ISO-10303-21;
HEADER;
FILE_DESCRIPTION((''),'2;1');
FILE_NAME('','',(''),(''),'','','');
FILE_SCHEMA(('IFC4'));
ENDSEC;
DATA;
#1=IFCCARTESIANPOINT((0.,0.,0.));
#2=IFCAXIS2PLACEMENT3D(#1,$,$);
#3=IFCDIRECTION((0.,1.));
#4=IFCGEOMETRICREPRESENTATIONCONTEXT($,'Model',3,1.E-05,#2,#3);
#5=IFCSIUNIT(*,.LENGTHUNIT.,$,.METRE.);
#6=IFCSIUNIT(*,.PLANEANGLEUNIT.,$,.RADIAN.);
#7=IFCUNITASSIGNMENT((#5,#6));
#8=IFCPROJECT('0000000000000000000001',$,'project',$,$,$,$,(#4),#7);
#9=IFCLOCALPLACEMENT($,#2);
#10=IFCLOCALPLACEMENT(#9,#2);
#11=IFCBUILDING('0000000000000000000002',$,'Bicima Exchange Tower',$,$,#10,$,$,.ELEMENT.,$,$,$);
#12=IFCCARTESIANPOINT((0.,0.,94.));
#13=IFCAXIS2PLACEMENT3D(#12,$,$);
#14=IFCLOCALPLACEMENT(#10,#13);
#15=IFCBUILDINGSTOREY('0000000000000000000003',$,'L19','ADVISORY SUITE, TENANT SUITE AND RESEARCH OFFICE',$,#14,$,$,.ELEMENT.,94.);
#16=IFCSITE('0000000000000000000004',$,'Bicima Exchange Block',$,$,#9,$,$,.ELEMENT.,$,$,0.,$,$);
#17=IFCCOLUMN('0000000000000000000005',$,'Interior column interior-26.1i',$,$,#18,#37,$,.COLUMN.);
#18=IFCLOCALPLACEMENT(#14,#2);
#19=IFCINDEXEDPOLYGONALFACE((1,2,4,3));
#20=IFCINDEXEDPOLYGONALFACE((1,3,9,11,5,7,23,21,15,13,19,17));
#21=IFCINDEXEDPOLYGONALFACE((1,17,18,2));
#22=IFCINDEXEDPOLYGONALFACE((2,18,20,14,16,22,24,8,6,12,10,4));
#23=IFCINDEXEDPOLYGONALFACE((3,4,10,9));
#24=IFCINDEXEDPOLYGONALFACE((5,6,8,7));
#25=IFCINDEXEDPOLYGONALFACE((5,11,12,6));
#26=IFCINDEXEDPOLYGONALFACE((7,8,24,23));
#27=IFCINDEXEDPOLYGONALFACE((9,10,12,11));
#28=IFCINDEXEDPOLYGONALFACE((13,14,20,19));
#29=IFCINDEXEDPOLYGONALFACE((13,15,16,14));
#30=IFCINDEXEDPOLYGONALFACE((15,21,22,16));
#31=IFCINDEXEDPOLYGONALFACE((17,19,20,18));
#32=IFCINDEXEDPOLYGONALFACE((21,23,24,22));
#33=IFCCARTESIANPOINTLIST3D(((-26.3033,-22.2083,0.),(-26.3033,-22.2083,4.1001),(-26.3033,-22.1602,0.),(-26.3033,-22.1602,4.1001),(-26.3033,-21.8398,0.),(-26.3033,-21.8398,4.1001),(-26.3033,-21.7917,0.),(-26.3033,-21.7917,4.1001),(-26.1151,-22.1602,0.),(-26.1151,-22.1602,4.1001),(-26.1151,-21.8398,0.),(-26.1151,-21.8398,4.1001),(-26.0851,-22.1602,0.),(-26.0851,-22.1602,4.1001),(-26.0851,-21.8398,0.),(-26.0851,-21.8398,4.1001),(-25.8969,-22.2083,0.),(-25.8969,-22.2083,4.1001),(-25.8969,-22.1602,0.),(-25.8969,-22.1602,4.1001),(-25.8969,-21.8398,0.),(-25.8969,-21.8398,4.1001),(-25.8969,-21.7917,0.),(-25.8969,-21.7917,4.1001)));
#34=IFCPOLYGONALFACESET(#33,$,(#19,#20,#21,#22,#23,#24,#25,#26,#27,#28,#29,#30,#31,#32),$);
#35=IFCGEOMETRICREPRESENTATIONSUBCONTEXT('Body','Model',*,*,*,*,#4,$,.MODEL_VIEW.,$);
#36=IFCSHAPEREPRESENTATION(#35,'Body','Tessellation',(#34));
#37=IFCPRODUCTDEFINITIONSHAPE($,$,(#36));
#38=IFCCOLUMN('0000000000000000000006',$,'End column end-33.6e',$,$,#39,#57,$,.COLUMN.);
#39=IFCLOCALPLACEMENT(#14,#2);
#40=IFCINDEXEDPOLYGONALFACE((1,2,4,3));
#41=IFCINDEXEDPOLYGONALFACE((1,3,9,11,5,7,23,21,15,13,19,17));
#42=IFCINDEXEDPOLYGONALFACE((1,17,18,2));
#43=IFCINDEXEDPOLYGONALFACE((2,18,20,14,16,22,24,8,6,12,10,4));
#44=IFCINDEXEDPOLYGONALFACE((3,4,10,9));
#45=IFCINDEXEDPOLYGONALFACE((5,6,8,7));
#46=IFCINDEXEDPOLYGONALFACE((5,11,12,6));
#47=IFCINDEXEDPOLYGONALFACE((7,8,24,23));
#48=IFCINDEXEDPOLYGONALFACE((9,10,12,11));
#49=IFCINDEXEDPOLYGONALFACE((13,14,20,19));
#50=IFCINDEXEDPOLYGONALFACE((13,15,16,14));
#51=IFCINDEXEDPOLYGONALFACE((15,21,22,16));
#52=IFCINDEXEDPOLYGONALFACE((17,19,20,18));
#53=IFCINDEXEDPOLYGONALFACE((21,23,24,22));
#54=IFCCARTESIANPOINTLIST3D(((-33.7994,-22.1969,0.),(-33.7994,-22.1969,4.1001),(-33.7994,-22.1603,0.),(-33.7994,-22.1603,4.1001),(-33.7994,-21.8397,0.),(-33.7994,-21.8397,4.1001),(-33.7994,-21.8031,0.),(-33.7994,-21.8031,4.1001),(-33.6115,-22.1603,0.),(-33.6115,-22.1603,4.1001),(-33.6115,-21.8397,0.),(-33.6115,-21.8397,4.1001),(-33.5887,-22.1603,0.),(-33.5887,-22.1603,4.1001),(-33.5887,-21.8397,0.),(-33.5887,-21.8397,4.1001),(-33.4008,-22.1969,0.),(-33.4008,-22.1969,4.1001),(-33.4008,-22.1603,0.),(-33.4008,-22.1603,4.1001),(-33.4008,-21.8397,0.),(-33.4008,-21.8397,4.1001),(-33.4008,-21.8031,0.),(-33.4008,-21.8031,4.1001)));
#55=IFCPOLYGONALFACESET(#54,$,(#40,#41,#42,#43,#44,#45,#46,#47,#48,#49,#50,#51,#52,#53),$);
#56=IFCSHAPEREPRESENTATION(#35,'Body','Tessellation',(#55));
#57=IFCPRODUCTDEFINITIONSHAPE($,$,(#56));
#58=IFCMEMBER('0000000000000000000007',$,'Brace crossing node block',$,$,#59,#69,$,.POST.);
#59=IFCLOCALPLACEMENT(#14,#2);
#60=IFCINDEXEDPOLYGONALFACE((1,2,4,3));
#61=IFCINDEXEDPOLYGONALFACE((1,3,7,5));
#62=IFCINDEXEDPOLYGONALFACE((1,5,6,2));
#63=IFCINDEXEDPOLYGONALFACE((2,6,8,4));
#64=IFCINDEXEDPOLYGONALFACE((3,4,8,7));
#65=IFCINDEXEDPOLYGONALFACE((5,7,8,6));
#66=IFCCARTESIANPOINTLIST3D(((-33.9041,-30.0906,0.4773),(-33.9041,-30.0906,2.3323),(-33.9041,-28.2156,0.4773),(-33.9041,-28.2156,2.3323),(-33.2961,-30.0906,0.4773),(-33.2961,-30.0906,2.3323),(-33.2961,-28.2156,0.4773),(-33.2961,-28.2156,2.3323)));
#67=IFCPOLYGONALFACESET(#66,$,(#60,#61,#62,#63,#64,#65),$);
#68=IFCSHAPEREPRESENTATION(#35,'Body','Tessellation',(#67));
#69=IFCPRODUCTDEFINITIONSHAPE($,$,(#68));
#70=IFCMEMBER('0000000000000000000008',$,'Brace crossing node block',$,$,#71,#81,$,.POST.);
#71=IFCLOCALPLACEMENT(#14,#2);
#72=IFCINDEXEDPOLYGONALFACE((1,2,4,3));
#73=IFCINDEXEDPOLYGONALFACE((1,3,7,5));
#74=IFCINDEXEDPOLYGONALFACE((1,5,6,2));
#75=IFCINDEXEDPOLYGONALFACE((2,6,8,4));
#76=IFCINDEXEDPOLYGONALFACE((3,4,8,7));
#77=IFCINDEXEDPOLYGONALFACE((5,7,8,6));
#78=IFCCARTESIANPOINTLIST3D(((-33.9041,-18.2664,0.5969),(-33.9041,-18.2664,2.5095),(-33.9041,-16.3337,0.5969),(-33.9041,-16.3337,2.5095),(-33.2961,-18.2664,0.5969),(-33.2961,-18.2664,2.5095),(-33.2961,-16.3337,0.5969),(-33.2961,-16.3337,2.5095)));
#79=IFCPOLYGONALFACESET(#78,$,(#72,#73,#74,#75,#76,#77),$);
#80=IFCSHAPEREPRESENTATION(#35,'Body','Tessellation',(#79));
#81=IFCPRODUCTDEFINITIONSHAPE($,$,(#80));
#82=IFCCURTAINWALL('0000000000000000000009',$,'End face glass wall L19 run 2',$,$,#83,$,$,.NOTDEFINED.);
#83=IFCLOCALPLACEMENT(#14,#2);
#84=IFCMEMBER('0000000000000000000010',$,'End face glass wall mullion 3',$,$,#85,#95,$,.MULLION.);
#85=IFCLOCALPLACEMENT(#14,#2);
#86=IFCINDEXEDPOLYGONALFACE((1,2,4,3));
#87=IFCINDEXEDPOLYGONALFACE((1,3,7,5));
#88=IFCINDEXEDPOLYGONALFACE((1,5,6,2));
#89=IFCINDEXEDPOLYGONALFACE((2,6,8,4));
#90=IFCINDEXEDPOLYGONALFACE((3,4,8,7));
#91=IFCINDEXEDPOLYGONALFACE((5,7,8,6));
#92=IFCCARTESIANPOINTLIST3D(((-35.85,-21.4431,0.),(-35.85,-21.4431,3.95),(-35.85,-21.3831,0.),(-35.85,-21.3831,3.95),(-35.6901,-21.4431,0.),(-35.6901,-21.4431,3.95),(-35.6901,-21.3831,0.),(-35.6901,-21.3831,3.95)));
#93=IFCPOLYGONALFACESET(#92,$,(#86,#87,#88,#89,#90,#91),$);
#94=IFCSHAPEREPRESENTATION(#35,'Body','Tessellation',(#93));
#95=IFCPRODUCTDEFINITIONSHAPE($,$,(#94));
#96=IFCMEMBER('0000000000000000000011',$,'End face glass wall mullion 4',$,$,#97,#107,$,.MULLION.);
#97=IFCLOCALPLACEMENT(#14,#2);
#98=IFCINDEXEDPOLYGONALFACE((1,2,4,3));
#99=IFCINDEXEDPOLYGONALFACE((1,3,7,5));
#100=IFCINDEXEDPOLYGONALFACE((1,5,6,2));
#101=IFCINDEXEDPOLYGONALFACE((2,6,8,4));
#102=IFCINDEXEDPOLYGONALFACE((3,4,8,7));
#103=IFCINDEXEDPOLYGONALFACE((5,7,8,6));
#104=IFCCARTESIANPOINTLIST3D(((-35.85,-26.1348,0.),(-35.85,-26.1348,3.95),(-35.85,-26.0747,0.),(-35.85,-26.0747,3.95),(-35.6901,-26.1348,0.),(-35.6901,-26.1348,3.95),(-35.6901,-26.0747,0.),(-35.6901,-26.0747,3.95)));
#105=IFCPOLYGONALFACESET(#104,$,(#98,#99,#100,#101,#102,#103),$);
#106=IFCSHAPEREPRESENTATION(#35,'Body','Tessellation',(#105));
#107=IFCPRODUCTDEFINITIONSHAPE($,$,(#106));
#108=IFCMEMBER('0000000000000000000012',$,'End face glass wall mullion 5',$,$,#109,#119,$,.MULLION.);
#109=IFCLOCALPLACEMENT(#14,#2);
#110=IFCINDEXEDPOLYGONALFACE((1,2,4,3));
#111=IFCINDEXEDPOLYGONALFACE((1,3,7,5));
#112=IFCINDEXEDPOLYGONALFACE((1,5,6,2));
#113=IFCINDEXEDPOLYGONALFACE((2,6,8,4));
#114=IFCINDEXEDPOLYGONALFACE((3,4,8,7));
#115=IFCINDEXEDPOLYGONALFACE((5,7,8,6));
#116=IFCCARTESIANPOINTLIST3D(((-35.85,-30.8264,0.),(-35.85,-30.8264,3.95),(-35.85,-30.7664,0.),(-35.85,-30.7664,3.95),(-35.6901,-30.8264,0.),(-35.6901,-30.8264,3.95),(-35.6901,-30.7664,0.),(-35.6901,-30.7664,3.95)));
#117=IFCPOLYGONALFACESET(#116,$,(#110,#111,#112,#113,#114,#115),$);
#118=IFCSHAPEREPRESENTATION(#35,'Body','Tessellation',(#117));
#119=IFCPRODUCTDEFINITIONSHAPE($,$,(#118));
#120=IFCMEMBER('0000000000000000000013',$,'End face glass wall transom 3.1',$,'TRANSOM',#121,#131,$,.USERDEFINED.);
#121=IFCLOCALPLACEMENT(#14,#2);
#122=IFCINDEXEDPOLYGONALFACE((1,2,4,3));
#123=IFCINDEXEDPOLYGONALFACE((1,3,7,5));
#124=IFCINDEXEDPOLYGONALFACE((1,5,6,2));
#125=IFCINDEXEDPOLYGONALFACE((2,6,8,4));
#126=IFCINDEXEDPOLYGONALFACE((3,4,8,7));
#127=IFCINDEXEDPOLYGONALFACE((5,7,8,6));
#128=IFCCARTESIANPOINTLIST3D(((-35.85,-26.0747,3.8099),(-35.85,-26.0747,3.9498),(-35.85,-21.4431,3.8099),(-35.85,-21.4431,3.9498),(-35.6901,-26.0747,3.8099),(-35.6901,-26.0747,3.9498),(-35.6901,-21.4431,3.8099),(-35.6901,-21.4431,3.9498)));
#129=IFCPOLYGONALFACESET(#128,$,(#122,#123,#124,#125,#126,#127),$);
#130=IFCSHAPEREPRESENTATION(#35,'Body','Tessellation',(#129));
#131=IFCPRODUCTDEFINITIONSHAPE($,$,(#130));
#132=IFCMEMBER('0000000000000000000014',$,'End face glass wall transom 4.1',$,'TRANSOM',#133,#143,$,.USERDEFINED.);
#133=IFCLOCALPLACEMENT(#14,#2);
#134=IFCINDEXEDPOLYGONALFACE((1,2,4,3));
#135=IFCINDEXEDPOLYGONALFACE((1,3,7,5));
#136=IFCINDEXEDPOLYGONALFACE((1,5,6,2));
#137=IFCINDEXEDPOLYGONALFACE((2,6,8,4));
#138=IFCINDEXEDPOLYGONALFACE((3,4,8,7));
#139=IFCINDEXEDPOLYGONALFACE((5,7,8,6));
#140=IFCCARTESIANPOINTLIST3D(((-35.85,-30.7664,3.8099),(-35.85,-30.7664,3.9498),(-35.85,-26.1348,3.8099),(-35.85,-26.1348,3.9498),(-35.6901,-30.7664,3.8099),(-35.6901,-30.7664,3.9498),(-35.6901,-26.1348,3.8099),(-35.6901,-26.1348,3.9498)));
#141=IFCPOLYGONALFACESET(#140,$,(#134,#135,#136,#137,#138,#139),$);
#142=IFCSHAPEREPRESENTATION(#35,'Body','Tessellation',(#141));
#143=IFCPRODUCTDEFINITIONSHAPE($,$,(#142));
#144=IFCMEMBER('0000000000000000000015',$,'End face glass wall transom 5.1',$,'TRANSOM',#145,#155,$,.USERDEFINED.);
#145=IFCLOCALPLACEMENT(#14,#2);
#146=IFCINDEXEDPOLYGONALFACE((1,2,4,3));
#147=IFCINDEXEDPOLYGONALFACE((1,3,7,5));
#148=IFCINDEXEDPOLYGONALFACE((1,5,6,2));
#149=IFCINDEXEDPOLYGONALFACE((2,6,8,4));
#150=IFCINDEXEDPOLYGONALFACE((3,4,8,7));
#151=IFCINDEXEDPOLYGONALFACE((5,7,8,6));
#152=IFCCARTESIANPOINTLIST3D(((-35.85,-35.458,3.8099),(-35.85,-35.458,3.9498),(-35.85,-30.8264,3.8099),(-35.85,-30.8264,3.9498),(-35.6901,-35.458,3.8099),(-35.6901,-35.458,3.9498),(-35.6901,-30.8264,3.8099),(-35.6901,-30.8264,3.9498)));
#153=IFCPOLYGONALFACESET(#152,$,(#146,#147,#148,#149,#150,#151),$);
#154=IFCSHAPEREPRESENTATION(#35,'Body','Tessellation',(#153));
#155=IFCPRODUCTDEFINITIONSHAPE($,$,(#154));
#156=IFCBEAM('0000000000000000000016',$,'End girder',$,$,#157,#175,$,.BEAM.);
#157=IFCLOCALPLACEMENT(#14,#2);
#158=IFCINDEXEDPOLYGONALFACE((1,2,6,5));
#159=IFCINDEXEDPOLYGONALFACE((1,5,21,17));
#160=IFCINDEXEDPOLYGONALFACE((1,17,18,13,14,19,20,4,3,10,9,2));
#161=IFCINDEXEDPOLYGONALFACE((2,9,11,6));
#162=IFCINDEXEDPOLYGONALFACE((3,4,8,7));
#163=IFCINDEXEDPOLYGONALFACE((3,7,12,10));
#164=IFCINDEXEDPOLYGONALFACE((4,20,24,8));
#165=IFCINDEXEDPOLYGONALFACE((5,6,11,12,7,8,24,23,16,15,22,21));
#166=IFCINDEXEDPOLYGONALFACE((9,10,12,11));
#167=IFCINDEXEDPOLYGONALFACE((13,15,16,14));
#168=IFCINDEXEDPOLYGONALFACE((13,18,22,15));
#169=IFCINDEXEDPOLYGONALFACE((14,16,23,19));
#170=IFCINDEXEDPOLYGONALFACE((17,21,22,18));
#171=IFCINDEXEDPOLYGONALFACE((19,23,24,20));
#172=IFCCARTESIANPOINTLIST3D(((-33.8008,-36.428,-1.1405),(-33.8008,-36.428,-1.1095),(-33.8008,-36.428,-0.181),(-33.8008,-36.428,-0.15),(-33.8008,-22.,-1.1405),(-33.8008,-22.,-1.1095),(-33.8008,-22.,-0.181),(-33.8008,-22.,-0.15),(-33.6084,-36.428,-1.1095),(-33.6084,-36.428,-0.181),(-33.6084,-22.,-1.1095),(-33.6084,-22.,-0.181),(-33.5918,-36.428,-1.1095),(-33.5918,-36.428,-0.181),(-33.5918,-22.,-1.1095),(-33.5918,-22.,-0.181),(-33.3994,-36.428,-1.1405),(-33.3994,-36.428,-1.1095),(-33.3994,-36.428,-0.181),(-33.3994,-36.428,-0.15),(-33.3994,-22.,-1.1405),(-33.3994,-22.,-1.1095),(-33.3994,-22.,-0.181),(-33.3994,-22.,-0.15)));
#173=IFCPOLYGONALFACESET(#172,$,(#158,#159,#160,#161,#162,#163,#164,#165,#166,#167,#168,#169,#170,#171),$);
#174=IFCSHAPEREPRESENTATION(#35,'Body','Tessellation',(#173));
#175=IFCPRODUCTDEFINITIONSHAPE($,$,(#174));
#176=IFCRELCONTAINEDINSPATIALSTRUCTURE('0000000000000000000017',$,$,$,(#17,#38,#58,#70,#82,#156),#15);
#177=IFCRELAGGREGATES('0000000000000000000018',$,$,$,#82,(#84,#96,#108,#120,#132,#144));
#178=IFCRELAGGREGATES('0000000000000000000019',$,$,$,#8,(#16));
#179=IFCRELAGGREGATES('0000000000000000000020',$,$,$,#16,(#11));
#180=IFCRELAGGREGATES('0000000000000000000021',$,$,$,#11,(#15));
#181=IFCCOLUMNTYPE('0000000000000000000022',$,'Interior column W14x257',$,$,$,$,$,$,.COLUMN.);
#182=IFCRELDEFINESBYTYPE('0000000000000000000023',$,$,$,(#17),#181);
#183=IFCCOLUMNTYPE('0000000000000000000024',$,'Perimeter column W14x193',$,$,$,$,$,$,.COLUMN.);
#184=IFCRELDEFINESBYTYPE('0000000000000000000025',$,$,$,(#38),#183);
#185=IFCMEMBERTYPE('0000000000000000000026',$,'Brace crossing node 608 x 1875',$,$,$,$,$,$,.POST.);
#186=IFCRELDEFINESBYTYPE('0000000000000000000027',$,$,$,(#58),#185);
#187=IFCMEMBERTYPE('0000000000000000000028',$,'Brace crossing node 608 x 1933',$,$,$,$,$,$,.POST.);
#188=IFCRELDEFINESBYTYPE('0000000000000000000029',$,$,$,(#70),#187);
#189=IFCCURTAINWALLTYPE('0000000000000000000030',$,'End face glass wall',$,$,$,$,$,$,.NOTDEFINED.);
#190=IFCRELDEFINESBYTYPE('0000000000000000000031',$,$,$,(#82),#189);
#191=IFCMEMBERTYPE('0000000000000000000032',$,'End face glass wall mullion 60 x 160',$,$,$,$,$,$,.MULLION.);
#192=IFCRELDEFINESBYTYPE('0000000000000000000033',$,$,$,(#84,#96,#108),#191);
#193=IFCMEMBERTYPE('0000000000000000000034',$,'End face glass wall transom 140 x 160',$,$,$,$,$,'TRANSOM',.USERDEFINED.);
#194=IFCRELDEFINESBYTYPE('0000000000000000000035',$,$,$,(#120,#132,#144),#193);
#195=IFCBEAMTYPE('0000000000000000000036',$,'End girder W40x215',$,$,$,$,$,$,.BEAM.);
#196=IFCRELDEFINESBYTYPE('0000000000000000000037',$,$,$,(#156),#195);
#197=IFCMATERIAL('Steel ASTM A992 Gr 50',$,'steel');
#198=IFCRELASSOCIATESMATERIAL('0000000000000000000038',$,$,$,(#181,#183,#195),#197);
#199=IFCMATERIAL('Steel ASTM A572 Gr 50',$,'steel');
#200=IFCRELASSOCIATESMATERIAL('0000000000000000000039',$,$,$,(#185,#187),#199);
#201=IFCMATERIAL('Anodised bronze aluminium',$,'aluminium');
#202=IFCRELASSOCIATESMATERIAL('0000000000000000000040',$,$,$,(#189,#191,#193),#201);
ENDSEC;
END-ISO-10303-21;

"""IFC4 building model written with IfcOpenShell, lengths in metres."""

from ifc_helpers import new_model, si_unit, direction, frame, origin, origin_2d, place, context, subcontext, project, spatial, rectangle, i_section, extrude, material, material_profile, profile_set, type_object, element, aggregate, save


model = new_model("IFC4")

# Units and contexts
model_context = context("Model", 3, precision=1e-05, world=origin(), true_north=direction((0.0, 1.0)))
body_context = subcontext(model_context, "Body", "Model", "MODEL_VIEW")
ifc_project = project(units=[si_unit("LENGTHUNIT", "METRE"), si_unit("PLANEANGLEUNIT", "RADIAN")], contexts=[model_context])

# Site, building, storey
site_placement = place(None, origin())
site = spatial("IfcSite", under=ifc_project, at=site_placement, Name="Bicima Exchange Block", CompositionType="ELEMENT", RefElevation=0.0)
building_placement = place(site_placement, origin())
building = spatial("IfcBuilding", under=site, at=building_placement, Name="Bicima Exchange Tower", CompositionType="ELEMENT")
storey_placement = place(building_placement, frame((0.0, 0.0, 94.0)))
storey = spatial("IfcBuildingStorey", under=building, at=storey_placement, Name="L19", Description="ADVISORY SUITE, TENANT SUITE AND RESEARCH OFFICE", CompositionType="ELEMENT", Elevation=94.0)

# Columns
ifc_material_1 = material(Name="Steel ASTM A992 Gr 50", Category="steel")
ifc_material_profile_1 = material_profile(ifc_material_1, i_section(OverallWidth=0.4065, OverallDepth=0.4165, WebThickness=0.03, FlangeThickness=0.0481, at=origin_2d()))
ifc_profile_set_1 = profile_set([ifc_material_profile_1], Name="Steel ASTM A992 Gr 50")
column_type_1 = type_object("IfcColumnType", Name="Interior column W14x257", PredefinedType="COLUMN", material=ifc_profile_set_1)
column_1_placement = place(storey_placement, frame((-26.1001, -22.0, 0.0), z_axis=(0.0, 0.0, 1.0), x_axis=(1.0, 0.0, 0.0)))
element("IfcColumn", 1, at=column_1_placement, inside=storey, type_object=column_type_1, Name="Interior column interior-26.1i", PredefinedType="COLUMN", context=body_context, shape_type="SweptSolid", body=[
    extrude(i_section(OverallWidth=0.4065, OverallDepth=0.4165, WebThickness=0.03, FlangeThickness=0.0481, at=origin_2d()), origin(), (0.0, 0.0, 1.0), 4.1001),
])
ifc_material_profile_2 = material_profile(ifc_material_1, i_section(OverallWidth=0.3987, OverallDepth=0.3938, WebThickness=0.0227, FlangeThickness=0.0366, at=origin_2d()))
ifc_profile_set_2 = profile_set([ifc_material_profile_2], Name="Steel ASTM A992 Gr 50")
column_type_2 = type_object("IfcColumnType", Name="Perimeter column W14x193", PredefinedType="COLUMN", material=ifc_profile_set_2)
column_2_placement = place(storey_placement, frame((-33.6001, -22.0, 0.0), z_axis=(0.0, 0.0, 1.0), x_axis=(1.0, 0.0, 0.0)))
element("IfcColumn", 2, at=column_2_placement, inside=storey, type_object=column_type_2, Name="End column end-33.6e", PredefinedType="COLUMN", context=body_context, shape_type="SweptSolid", body=[
    extrude(i_section(OverallWidth=0.3987, OverallDepth=0.3938, WebThickness=0.0227, FlangeThickness=0.0366, at=origin_2d()), origin(), (0.0, 0.0, 1.0), 4.1001),
])

# Members
ifc_material_2 = material(Name="Steel ASTM A572 Gr 50", Category="steel")
ifc_material_profile_3 = material_profile(ifc_material_2, rectangle(XDim=0.6079, YDim=1.875, at=origin_2d()))
ifc_profile_set_3 = profile_set([ifc_material_profile_3], Name="Steel ASTM A572 Gr 50")
member_type_1 = type_object("IfcMemberType", Name="Brace crossing node 608 x 1875", PredefinedType="POST", material=ifc_profile_set_3)
member_1_placement = place(storey_placement, frame((-33.6001, -29.1531, 0.4773), z_axis=(0.0, 0.0, 1.0), x_axis=(1.0, 0.0, 0.0)))
element("IfcMember", 3, at=member_1_placement, inside=storey, type_object=member_type_1, Name="Brace crossing node block", PredefinedType="POST", context=body_context, shape_type="SweptSolid", body=[
    extrude(rectangle(XDim=0.6079, YDim=1.875, at=origin_2d()), origin(), (0.0, 0.0, 1.0), 1.855),
])
ifc_material_profile_4 = material_profile(ifc_material_2, rectangle(XDim=0.6079, YDim=1.9326, at=origin_2d()))
ifc_profile_set_4 = profile_set([ifc_material_profile_4], Name="Steel ASTM A572 Gr 50")
member_type_2 = type_object("IfcMemberType", Name="Brace crossing node 608 x 1933", PredefinedType="POST", material=ifc_profile_set_4)
member_2_placement = place(storey_placement, frame((-33.6001, -17.3, 0.5969), z_axis=(0.0, 0.0, 1.0), x_axis=(1.0, 0.0, 0.0)))
element("IfcMember", 4, at=member_2_placement, inside=storey, type_object=member_type_2, Name="Brace crossing node block", PredefinedType="POST", context=body_context, shape_type="SweptSolid", body=[
    extrude(rectangle(XDim=0.6079, YDim=1.9326, at=origin_2d()), origin(), (0.0, 0.0, 1.0), 1.9126),
])

# Curtain wall, members
ifc_material_3 = material(Name="Anodised bronze aluminium", Category="aluminium")
curtain_wall_type = type_object("IfcCurtainWallType", Name="End face glass wall", PredefinedType="NOTDEFINED", material=ifc_material_3)
curtain_wall_placement = place(storey_placement, origin())
curtain_wall = element("IfcCurtainWall", 5, at=curtain_wall_placement, inside=storey, type_object=curtain_wall_type, Name="End face glass wall L19 run 2", PredefinedType="NOTDEFINED")
ifc_material_profile_5 = material_profile(ifc_material_3, rectangle(XDim=0.1599, YDim=0.0601, at=origin_2d()))
ifc_profile_set_5 = profile_set([ifc_material_profile_5], Name="Anodised bronze aluminium")
member_type_3 = type_object("IfcMemberType", Name="End face glass wall mullion 60 x 160", PredefinedType="MULLION", material=ifc_profile_set_5)
member_3_placement = place(storey_placement, frame((-35.77, -21.4131, 0.0), z_axis=(0.0, 0.0, 1.0), x_axis=(1.0, 0.0, 0.0)))
member_3 = element("IfcMember", 6, at=member_3_placement, type_object=member_type_3, Name="End face glass wall mullion 3", PredefinedType="MULLION", context=body_context, shape_type="SweptSolid", body=[
    extrude(rectangle(XDim=0.1599, YDim=0.0601, at=origin_2d()), origin(), (0.0, 0.0, 1.0), 3.95),
])
member_4_placement = place(storey_placement, frame((-35.77, -26.1047, 0.0), z_axis=(0.0, 0.0, 1.0), x_axis=(1.0, 0.0, 0.0)))
member_4 = element("IfcMember", 7, at=member_4_placement, type_object=member_type_3, Name="End face glass wall mullion 4", PredefinedType="MULLION", context=body_context, shape_type="SweptSolid", body=[
    extrude(rectangle(XDim=0.1599, YDim=0.0601, at=origin_2d()), origin(), (0.0, 0.0, 1.0), 3.95),
])
member_5_placement = place(storey_placement, frame((-35.77, -30.7964, 0.0), z_axis=(0.0, 0.0, 1.0), x_axis=(1.0, 0.0, 0.0)))
member_5 = element("IfcMember", 8, at=member_5_placement, type_object=member_type_3, Name="End face glass wall mullion 5", PredefinedType="MULLION", context=body_context, shape_type="SweptSolid", body=[
    extrude(rectangle(XDim=0.1599, YDim=0.0601, at=origin_2d()), origin(), (0.0, 0.0, 1.0), 3.95),
])
ifc_material_profile_6 = material_profile(ifc_material_3, rectangle(XDim=0.1599, YDim=0.1399, at=origin_2d()))
ifc_profile_set_6 = profile_set([ifc_material_profile_6], Name="Anodised bronze aluminium")
member_type_4 = type_object("IfcMemberType", Name="End face glass wall transom 140 x 160", ElementType="TRANSOM", PredefinedType="USERDEFINED", material=ifc_profile_set_6)
member_6_placement = place(storey_placement, frame((-35.77, -21.4431, 3.8799), z_axis=(0.0, -1.0, 0.0), x_axis=(1.0, 0.0, 0.0)))
member_6 = element("IfcMember", 9, at=member_6_placement, type_object=member_type_4, Name="End face glass wall transom 3.1", ObjectType="TRANSOM", PredefinedType="USERDEFINED", context=body_context, shape_type="SweptSolid", body=[
    extrude(rectangle(XDim=0.1599, YDim=0.1399, at=origin_2d()), origin(), (0.0, 0.0, 1.0), 4.6316),
])
member_7_placement = place(storey_placement, frame((-35.77, -26.1348, 3.8799), z_axis=(0.0, -1.0, 0.0), x_axis=(1.0, 0.0, 0.0)))
member_7 = element("IfcMember", 10, at=member_7_placement, type_object=member_type_4, Name="End face glass wall transom 4.1", ObjectType="TRANSOM", PredefinedType="USERDEFINED", context=body_context, shape_type="SweptSolid", body=[
    extrude(rectangle(XDim=0.1599, YDim=0.1399, at=origin_2d()), origin(), (0.0, 0.0, 1.0), 4.6316),
])
member_8_placement = place(storey_placement, frame((-35.77, -30.8264, 3.8799), z_axis=(0.0, -1.0, 0.0), x_axis=(1.0, 0.0, 0.0)))
member_8 = element("IfcMember", 11, at=member_8_placement, type_object=member_type_4, Name="End face glass wall transom 5.1", ObjectType="TRANSOM", PredefinedType="USERDEFINED", context=body_context, shape_type="SweptSolid", body=[
    extrude(rectangle(XDim=0.1599, YDim=0.1399, at=origin_2d()), origin(), (0.0, 0.0, 1.0), 4.6316),
])

# Beam
ifc_material_profile_7 = material_profile(ifc_material_1, i_section(OverallWidth=0.4014, OverallDepth=0.9905, WebThickness=0.0166, FlangeThickness=0.031, at=origin_2d()))
ifc_profile_set_7 = profile_set([ifc_material_profile_7], Name="Steel ASTM A992 Gr 50")
beam_type_1 = type_object("IfcBeamType", Name="End girder W40x215", PredefinedType="BEAM", material=ifc_profile_set_7)
beam_1_placement = place(storey_placement, frame((-33.6001, -22.0, -0.6453), z_axis=(0.0, -1.0, 0.0), x_axis=(1.0, 0.0, 0.0)))
element("IfcBeam", 12, at=beam_1_placement, inside=storey, type_object=beam_type_1, Name="End girder", PredefinedType="BEAM", context=body_context, shape_type="SweptSolid", body=[
    extrude(i_section(OverallWidth=0.4014, OverallDepth=0.9905, WebThickness=0.0166, FlangeThickness=0.031, at=origin_2d()), origin(), (0.0, 0.0, 1.0), 14.428),
])

aggregate(curtain_wall, [member_3, member_4, member_5, member_6, member_7, member_8])

save(model, "model.ifc")
